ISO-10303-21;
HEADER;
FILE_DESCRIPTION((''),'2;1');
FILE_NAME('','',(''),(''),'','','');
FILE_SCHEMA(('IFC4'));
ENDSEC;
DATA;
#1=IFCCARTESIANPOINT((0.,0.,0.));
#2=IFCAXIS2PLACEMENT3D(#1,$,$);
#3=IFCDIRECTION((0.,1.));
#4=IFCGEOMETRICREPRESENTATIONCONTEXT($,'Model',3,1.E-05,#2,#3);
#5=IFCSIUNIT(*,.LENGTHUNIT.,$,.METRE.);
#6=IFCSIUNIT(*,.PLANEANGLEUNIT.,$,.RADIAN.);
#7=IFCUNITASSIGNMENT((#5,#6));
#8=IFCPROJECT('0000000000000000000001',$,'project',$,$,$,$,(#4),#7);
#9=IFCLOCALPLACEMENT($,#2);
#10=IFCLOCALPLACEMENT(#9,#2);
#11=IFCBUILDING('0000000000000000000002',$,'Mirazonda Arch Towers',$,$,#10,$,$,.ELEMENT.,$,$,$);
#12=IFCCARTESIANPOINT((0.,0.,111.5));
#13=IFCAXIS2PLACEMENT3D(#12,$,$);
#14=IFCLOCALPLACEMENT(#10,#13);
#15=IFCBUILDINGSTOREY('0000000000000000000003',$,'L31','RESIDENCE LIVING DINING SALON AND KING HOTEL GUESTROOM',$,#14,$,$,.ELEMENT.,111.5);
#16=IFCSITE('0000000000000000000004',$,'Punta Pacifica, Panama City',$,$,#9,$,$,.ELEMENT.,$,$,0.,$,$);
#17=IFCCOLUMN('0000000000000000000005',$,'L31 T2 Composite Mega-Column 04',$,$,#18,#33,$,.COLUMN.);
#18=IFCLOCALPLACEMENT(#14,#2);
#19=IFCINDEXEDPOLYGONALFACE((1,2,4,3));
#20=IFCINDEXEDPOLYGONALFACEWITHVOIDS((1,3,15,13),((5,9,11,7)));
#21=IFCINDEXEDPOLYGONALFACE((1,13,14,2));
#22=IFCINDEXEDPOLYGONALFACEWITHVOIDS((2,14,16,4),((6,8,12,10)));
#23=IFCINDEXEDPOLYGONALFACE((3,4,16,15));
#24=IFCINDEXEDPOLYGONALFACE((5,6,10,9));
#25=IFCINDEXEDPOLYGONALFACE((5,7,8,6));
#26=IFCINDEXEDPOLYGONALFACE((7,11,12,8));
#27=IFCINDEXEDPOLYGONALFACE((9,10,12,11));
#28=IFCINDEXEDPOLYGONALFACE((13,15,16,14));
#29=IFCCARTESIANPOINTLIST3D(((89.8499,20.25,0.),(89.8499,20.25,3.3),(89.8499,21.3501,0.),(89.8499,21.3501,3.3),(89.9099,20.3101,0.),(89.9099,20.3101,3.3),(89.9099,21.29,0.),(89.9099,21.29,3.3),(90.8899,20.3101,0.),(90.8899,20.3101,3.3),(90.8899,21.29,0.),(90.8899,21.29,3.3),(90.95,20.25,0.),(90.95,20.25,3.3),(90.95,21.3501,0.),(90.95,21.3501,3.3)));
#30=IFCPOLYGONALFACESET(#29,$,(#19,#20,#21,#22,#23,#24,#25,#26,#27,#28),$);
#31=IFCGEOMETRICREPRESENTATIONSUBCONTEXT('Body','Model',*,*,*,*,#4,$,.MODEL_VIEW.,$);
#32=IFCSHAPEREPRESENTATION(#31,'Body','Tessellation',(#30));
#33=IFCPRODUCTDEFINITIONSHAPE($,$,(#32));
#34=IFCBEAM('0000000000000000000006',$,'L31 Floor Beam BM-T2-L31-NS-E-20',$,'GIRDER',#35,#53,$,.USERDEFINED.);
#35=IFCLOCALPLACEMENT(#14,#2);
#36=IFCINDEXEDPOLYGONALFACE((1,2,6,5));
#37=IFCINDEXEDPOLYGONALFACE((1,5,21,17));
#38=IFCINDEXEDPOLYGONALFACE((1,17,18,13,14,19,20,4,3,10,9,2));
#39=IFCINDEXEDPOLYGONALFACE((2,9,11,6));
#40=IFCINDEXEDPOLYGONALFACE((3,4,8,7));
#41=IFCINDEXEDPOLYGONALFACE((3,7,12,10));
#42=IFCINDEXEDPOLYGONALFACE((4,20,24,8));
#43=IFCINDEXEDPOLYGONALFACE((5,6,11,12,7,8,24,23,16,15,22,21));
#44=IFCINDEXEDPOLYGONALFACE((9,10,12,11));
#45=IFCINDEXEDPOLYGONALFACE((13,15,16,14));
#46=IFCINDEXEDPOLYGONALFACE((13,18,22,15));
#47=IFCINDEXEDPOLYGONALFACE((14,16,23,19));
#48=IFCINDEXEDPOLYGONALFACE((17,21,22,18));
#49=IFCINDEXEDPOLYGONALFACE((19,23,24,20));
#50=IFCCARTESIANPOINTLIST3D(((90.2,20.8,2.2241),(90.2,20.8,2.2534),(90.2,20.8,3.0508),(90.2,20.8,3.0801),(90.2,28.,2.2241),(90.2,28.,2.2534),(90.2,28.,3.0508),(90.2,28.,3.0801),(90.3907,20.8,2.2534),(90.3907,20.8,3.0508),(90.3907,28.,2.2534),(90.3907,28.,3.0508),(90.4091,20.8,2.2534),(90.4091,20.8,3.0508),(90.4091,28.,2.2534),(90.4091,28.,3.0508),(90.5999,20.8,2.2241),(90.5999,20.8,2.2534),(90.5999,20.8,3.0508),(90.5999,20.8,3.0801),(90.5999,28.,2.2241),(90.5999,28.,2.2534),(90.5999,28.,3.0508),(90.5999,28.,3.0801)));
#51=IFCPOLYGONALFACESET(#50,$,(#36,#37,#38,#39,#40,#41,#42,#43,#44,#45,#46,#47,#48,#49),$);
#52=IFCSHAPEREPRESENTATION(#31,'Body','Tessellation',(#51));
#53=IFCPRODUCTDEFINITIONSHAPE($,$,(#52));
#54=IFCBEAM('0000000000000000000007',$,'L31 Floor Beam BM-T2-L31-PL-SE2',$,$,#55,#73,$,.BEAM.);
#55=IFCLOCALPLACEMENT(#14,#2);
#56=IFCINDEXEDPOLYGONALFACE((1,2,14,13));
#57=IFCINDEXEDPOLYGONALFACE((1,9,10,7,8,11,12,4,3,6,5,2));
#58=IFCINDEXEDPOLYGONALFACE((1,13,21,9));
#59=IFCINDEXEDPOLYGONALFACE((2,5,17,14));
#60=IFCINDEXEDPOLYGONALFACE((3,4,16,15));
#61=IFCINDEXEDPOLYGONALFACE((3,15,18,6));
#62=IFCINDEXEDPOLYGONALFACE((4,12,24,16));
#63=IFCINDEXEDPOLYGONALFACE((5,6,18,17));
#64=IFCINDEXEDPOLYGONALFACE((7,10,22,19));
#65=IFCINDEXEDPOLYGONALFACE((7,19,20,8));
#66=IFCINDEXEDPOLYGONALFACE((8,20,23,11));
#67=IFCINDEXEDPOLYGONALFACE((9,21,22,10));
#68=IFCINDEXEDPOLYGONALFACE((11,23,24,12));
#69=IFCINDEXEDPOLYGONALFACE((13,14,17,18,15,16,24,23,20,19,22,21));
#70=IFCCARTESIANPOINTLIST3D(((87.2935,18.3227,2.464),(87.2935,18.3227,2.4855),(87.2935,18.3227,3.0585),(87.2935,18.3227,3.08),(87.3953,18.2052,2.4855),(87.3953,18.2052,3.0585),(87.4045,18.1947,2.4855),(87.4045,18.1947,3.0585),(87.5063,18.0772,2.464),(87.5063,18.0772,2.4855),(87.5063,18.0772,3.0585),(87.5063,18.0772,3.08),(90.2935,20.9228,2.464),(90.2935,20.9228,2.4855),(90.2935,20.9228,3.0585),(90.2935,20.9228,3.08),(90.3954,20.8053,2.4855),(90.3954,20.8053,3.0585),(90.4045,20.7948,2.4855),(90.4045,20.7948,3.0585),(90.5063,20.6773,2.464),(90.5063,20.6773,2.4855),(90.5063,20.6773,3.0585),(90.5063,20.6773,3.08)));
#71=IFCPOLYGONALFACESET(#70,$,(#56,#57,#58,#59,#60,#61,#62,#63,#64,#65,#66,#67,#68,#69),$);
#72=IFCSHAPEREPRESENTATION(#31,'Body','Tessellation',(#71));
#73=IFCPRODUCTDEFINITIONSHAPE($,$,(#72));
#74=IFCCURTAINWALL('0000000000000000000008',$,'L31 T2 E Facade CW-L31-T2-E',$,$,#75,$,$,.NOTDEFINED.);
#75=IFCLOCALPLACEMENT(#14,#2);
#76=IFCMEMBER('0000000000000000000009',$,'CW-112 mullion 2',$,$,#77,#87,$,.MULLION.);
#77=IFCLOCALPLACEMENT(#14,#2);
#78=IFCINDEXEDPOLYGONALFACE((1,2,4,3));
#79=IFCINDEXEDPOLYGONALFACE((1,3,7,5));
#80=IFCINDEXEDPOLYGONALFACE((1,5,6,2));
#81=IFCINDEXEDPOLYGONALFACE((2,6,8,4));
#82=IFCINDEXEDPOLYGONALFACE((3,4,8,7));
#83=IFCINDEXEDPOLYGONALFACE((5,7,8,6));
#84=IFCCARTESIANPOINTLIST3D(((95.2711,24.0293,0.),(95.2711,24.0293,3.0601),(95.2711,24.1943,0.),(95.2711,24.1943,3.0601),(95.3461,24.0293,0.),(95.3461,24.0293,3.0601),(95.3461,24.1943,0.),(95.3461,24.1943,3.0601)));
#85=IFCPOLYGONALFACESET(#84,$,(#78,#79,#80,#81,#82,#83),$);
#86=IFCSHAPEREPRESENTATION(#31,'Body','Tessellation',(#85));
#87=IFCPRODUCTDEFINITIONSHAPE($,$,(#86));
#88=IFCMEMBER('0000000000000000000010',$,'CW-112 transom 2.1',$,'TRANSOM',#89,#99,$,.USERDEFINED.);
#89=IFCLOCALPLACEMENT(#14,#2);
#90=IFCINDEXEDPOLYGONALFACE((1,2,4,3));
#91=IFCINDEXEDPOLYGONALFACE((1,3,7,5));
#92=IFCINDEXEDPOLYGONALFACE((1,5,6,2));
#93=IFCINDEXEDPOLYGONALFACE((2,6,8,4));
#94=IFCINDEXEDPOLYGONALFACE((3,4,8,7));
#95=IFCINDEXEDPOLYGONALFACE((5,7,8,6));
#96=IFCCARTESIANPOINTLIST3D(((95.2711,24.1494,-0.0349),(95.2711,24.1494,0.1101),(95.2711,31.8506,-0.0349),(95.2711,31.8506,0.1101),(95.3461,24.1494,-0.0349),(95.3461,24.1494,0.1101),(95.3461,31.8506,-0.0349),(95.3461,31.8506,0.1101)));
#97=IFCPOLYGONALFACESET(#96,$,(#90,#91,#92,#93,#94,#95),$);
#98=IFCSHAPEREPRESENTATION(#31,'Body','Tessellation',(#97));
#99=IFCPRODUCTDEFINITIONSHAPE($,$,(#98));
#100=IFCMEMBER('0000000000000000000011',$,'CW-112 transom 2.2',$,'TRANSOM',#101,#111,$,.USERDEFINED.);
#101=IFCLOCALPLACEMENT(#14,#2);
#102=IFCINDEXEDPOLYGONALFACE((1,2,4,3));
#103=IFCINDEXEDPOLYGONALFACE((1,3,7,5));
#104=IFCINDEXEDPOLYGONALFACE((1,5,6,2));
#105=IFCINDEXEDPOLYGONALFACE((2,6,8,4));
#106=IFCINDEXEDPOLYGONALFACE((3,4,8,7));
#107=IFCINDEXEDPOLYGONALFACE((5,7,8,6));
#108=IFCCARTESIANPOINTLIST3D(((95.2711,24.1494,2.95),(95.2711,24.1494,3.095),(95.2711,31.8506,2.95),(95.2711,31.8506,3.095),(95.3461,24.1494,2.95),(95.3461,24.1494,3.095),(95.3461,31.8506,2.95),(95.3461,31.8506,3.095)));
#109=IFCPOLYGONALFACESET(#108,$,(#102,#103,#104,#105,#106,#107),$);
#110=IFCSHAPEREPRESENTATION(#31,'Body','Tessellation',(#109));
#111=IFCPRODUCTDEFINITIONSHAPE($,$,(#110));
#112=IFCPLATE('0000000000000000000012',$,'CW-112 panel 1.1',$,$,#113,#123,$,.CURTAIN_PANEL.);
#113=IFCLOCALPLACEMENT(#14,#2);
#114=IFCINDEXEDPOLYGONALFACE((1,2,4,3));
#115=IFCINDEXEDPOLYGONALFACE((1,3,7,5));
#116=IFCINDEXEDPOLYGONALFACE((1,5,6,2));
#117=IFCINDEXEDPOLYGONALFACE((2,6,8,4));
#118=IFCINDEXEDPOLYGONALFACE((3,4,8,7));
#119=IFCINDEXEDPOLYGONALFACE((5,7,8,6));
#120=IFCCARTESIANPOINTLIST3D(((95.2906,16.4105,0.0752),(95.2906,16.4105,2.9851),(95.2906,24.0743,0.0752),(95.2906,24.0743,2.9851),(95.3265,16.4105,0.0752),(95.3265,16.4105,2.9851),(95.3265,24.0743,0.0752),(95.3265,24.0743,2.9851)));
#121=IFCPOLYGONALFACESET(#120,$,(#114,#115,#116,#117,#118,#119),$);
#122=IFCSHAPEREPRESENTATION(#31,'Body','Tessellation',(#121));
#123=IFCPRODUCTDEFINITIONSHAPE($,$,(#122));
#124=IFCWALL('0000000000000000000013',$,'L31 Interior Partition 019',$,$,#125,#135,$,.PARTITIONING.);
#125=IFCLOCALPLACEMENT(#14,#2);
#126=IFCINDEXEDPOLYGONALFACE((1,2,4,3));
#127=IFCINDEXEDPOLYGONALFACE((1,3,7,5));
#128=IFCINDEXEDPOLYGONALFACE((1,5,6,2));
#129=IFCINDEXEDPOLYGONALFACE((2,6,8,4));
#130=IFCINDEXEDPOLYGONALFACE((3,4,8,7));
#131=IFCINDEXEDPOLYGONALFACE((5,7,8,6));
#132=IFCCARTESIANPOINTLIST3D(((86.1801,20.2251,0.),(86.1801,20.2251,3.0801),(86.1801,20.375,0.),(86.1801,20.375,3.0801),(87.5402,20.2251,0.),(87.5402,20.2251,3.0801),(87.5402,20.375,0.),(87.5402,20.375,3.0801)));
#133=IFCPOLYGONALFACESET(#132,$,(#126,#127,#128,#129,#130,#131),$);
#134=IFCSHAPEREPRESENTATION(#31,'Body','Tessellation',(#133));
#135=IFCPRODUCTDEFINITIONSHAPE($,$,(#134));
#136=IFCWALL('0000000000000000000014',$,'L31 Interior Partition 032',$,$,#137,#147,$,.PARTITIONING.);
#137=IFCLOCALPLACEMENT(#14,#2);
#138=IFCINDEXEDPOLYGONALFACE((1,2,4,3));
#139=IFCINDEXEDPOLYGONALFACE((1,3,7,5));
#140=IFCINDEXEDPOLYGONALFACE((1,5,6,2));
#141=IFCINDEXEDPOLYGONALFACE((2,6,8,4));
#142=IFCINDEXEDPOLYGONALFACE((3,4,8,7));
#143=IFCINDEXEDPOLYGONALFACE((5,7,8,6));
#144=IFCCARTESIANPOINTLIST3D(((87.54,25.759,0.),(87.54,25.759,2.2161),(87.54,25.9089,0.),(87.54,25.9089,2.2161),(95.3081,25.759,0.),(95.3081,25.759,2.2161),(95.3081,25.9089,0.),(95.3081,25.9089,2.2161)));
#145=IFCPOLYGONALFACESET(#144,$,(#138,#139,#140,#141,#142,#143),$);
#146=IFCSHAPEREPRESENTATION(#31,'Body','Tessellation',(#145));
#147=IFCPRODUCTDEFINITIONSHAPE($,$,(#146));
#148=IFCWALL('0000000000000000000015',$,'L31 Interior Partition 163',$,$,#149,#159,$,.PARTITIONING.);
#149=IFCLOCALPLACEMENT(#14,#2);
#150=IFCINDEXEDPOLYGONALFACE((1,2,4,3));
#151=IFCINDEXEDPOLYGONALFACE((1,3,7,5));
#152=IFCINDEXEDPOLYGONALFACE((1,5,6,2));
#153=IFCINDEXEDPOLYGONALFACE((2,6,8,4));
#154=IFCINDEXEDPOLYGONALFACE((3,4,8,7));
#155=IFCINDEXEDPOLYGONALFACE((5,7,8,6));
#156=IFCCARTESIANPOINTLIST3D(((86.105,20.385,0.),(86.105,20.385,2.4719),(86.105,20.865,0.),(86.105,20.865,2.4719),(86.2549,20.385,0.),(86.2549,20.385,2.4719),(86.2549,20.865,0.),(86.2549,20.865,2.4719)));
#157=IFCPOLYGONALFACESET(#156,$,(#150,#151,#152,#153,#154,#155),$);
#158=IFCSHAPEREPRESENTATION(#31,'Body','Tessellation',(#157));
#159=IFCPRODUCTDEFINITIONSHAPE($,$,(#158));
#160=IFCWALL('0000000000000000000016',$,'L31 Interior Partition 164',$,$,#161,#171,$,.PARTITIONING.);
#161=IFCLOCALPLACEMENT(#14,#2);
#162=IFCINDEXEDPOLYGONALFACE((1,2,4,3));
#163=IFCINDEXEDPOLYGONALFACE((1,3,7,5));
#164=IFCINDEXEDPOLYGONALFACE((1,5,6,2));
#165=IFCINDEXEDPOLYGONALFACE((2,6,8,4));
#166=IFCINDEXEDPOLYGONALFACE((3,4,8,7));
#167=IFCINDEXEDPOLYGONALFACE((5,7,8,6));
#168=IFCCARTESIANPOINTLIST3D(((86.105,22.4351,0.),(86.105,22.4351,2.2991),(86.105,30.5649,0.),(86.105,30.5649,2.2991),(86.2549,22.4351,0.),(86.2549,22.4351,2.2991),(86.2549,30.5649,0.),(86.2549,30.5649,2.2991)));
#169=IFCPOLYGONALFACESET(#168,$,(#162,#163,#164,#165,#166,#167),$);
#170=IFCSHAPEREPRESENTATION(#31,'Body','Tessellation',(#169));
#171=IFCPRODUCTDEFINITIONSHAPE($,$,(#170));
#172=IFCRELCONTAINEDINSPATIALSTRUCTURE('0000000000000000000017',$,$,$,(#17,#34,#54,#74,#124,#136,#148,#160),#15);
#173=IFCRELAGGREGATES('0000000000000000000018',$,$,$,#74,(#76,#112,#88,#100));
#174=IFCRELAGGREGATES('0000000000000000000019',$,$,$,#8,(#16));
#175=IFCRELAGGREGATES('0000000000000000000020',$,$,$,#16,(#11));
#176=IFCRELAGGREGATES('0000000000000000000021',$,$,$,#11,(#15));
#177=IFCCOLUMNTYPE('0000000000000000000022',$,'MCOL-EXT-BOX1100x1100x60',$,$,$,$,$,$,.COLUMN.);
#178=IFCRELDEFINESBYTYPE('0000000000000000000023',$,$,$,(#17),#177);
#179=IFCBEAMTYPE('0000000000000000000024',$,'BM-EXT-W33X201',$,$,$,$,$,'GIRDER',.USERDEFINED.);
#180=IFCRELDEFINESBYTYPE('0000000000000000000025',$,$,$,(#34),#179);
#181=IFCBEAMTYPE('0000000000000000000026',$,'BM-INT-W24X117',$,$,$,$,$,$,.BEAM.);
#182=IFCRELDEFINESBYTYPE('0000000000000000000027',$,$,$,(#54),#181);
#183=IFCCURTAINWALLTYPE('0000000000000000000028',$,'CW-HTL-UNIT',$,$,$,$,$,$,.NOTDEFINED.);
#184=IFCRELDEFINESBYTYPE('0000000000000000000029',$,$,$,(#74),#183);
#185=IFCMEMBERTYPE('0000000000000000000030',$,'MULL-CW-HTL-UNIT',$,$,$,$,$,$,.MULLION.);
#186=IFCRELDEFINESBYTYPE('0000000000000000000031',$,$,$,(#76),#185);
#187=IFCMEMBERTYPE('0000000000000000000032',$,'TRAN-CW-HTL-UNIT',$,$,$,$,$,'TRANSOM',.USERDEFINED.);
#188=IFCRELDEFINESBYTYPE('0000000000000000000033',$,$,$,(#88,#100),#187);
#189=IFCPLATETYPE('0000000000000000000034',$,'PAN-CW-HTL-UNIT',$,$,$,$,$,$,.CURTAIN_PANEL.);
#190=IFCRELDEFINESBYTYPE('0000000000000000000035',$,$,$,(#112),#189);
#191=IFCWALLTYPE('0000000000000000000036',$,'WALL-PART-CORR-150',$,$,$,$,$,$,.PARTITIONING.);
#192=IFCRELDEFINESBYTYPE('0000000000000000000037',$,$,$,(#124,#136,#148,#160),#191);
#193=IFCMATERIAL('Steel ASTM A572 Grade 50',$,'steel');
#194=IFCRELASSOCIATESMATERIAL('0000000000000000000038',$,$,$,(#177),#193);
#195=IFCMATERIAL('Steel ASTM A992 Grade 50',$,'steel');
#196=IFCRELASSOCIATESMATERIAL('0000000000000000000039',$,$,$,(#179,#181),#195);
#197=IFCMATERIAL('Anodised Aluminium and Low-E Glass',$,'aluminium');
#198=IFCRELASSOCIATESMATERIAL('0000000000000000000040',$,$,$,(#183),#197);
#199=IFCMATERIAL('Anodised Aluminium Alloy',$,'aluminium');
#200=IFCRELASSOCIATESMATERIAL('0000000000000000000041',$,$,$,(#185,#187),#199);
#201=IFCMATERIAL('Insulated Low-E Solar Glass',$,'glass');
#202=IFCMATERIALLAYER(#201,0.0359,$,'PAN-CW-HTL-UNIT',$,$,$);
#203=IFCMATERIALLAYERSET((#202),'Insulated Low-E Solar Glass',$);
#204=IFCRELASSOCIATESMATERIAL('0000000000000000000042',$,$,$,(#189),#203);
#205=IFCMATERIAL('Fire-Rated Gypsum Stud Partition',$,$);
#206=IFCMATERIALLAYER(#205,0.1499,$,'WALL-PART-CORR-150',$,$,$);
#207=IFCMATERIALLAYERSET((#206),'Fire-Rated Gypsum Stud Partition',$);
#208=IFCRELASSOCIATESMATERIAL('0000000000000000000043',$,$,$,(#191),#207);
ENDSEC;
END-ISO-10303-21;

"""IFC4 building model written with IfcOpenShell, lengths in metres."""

from ifc_helpers import new_model, si_unit, direction, frame, frame_2d, origin, origin_2d, place, context, subcontext, project, spatial, rectangle, hollow_rectangle, i_section, extrude, material, layer, layer_set, material_profile, profile_set, type_object, element, aggregate, save


model = new_model("IFC4")

# Units and contexts
model_context = context("Model", 3, precision=1e-05, world=origin(), true_north=direction((0.0, 1.0)))
body_context = subcontext(model_context, "Body", "Model", "MODEL_VIEW")
ifc_project = project(units=[si_unit("LENGTHUNIT", "METRE"), si_unit("PLANEANGLEUNIT", "RADIAN")], contexts=[model_context])

# Site, building, storey
site_placement = place(None, origin())
site = spatial("IfcSite", under=ifc_project, at=site_placement, Name="Punta Pacifica, Panama City", CompositionType="ELEMENT", RefElevation=0.0)
building_placement = place(site_placement, origin())
building = spatial("IfcBuilding", under=site, at=building_placement, Name="Mirazonda Arch Towers", CompositionType="ELEMENT")
storey_placement = place(building_placement, frame((0.0, 0.0, 111.5)))
storey = spatial("IfcBuildingStorey", under=building, at=storey_placement, Name="L31", Description="RESIDENCE LIVING DINING SALON AND KING HOTEL GUESTROOM", CompositionType="ELEMENT", Elevation=111.5)

# Column
ifc_material_1 = material(Name="Steel ASTM A572 Grade 50", Category="steel")
ifc_material_profile_1 = material_profile(ifc_material_1, hollow_rectangle(XDim=1.1001, YDim=1.1001, WallThickness=0.0601, at=origin_2d()), Name="BOX1100x1100x60")
ifc_profile_set_1 = profile_set([ifc_material_profile_1], Name="Steel ASTM A572 Grade 50")
column_type = type_object("IfcColumnType", Name="MCOL-EXT-BOX1100x1100x60", PredefinedType="COLUMN", material=ifc_profile_set_1)
column_placement = place(storey_placement, frame((90.3999, 20.8, 0.0), z_axis=(0.0, 0.0, 1.0), x_axis=(1.0, 0.0, 0.0)))
element("IfcColumn", 1, at=column_placement, inside=storey, type_object=column_type, Name="L31 T2 Composite Mega-Column 04", PredefinedType="COLUMN", context=body_context, shape_type="SweptSolid", body=[
    extrude(hollow_rectangle(XDim=1.1001, YDim=1.1001, WallThickness=0.0601, at=origin_2d()), origin(), (0.0, 0.0, 1.0), 3.3),
])

# Beams
ifc_material_2 = material(Name="Steel ASTM A992 Grade 50", Category="steel")
ifc_material_profile_2 = material_profile(ifc_material_2, i_section(OverallWidth=0.3999, OverallDepth=0.856, WebThickness=0.0183, FlangeThickness=0.0293, at=origin_2d()), Name="W33X201")
ifc_profile_set_2 = profile_set([ifc_material_profile_2], Name="Steel ASTM A992 Grade 50")
beam_type_1 = type_object("IfcBeamType", Name="BM-EXT-W33X201", ElementType="GIRDER", PredefinedType="USERDEFINED", material=ifc_profile_set_2)
beam_1_placement = place(storey_placement, frame((90.3999, 20.8, 2.6521), z_axis=(0.0, 1.0, 0.0), x_axis=(-1.0, 0.0, 0.0)))
element("IfcBeam", 2, at=beam_1_placement, inside=storey, type_object=beam_type_1, Name="L31 Floor Beam BM-T2-L31-NS-E-20", ObjectType="GIRDER", PredefinedType="USERDEFINED", context=body_context, shape_type="SweptSolid", body=[
    extrude(i_section(OverallWidth=0.3999, OverallDepth=0.856, WebThickness=0.0183, FlangeThickness=0.0293, at=origin_2d()), origin(), (0.0, 0.0, 1.0), 7.2),
])
ifc_material_profile_3 = material_profile(ifc_material_2, i_section(OverallWidth=0.325, OverallDepth=0.616, WebThickness=0.0139, FlangeThickness=0.0215, at=origin_2d()), Name="W24X117")
ifc_profile_set_3 = profile_set([ifc_material_profile_3], Name="Steel ASTM A992 Grade 50")
beam_type_2 = type_object("IfcBeamType", Name="BM-INT-W24X117", PredefinedType="BEAM", material=ifc_profile_set_3)
beam_2_placement = place(storey_placement, frame((87.3999, 18.2, 2.772), z_axis=(0.755677, 0.654945, 0.0), x_axis=(-0.654945, 0.755677, 0.0)))
element("IfcBeam", 3, at=beam_2_placement, inside=storey, type_object=beam_type_2, Name="L31 Floor Beam BM-T2-L31-PL-SE2", PredefinedType="BEAM", context=body_context, shape_type="SweptSolid", body=[
    extrude(i_section(OverallWidth=0.325, OverallDepth=0.616, WebThickness=0.0139, FlangeThickness=0.0215, at=origin_2d()), origin(), (0.0, 0.0, 1.0), 3.97),
])

# Curtain wall, members, plate
ifc_material_3 = material(Name="Anodised Aluminium and Low-E Glass", Category="aluminium")
curtain_wall_type = type_object("IfcCurtainWallType", Name="CW-HTL-UNIT", PredefinedType="NOTDEFINED", material=ifc_material_3)
curtain_wall_placement = place(storey_placement, origin())
curtain_wall = element("IfcCurtainWall", 4, at=curtain_wall_placement, inside=storey, type_object=curtain_wall_type, Name="L31 T2 E Facade CW-L31-T2-E", PredefinedType="NOTDEFINED")
ifc_material_4 = material(Name="Anodised Aluminium Alloy", Category="aluminium")
ifc_material_profile_4 = material_profile(ifc_material_4, rectangle(XDim=0.075, YDim=0.165, at=origin_2d()), Name="ALU-MULL-75x165")
ifc_profile_set_4 = profile_set([ifc_material_profile_4], Name="Anodised Aluminium Alloy")
member_type_1 = type_object("IfcMemberType", Name="MULL-CW-HTL-UNIT", PredefinedType="MULLION", material=ifc_profile_set_4)
member_1_placement = place(storey_placement, frame((95.3086, 24.1118, 0.0), z_axis=(0.0, 0.0, 1.0), x_axis=(-1.0, 0.0, 0.0)))
member_1 = element("IfcMember", 5, at=member_1_placement, type_object=member_type_1, Name="CW-112 mullion 2", PredefinedType="MULLION", context=body_context, shape_type="SweptSolid", body=[
    extrude(rectangle(XDim=0.075, YDim=0.165, at=origin_2d()), origin(), (0.0, 0.0, 1.0), 3.0601),
])
ifc_material_profile_5 = material_profile(ifc_material_4, rectangle(XDim=0.075, YDim=0.145, at=origin_2d()), Name="ALU-TRAN-75x145")
ifc_profile_set_5 = profile_set([ifc_material_profile_5], Name="Anodised Aluminium Alloy")
member_type_2 = type_object("IfcMemberType", Name="TRAN-CW-HTL-UNIT", ElementType="TRANSOM", PredefinedType="USERDEFINED", material=ifc_profile_set_5)
member_2_placement = place(storey_placement, frame((95.3086, 24.1494, 0.0376), z_axis=(0.0, 1.0, 0.0), x_axis=(-1.0, 0.0, 0.0)))
member_2 = element("IfcMember", 6, at=member_2_placement, type_object=member_type_2, Name="CW-112 transom 2.1", ObjectType="TRANSOM", PredefinedType="USERDEFINED", context=body_context, shape_type="SweptSolid", body=[
    extrude(rectangle(XDim=0.075, YDim=0.145, at=origin_2d()), origin(), (0.0, 0.0, 1.0), 7.7012),
])
member_3_placement = place(storey_placement, frame((95.3086, 24.1494, 3.0225), z_axis=(0.0, 1.0, 0.0), x_axis=(-1.0, 0.0, 0.0)))
member_3 = element("IfcMember", 7, at=member_3_placement, type_object=member_type_2, Name="CW-112 transom 2.2", ObjectType="TRANSOM", PredefinedType="USERDEFINED", context=body_context, shape_type="SweptSolid", body=[
    extrude(rectangle(XDim=0.075, YDim=0.145, at=origin_2d()), origin(), (0.0, 0.0, 1.0), 7.7012),
])
ifc_material_5 = material(Name="Insulated Low-E Solar Glass", Category="glass")
ifc_layer_1 = layer(ifc_material_5, 0.0359, Name="PAN-CW-HTL-UNIT")
ifc_layer_set_1 = layer_set([ifc_layer_1], Name="Insulated Low-E Solar Glass")
plate_type = type_object("IfcPlateType", Name="PAN-CW-HTL-UNIT", PredefinedType="CURTAIN_PANEL", material=ifc_layer_set_1)
plate_placement = place(storey_placement, frame((95.3086, 20.2424, 0.0752), z_axis=(0.0, 0.0, 1.0), x_axis=(0.0, 1.0, 0.0)))
plate = element("IfcPlate", 8, at=plate_placement, type_object=plate_type, Name="CW-112 panel 1.1", PredefinedType="CURTAIN_PANEL", context=body_context, shape_type="SweptSolid", body=[
    extrude(rectangle(XDim=7.6638, YDim=0.0359, at=origin_2d()), origin(), (0.0, 0.0, 1.0), 2.9099),
])
aggregate(curtain_wall, [member_1, plate, member_2, member_3])

# Walls
ifc_material_6 = material(Name="Fire-Rated Gypsum Stud Partition")
ifc_layer_2 = layer(ifc_material_6, 0.1499, Name="WALL-PART-CORR-150")
ifc_layer_set_2 = layer_set([ifc_layer_2], Name="Fire-Rated Gypsum Stud Partition")
wall_type_1 = type_object("IfcWallType", Name="WALL-PART-CORR-150", PredefinedType="PARTITIONING", material=ifc_layer_set_2)
wall_1_placement = place(storey_placement, frame((86.1799, 20.3, 0.0), z_axis=(0.0, 0.0, 1.0), x_axis=(1.0, 0.0, 0.0)))
element("IfcWall", 9, at=wall_1_placement, inside=storey, type_object=wall_type_1, Name="L31 Interior Partition 019", PredefinedType="PARTITIONING", context=body_context, shape_type="SweptSolid", body=[
    extrude(rectangle(XDim=1.3601, YDim=0.1499, at=frame_2d((0.6802, 0.0))), origin(), (0.0, 0.0, 1.0), 3.0801),
])
wall_2_placement = place(storey_placement, frame((87.54, 25.834, 0.0), z_axis=(0.0, 0.0, 1.0), x_axis=(1.0, 0.0, 0.0)))
element("IfcWall", 10, at=wall_2_placement, inside=storey, type_object=wall_type_1, Name="L31 Interior Partition 032", PredefinedType="PARTITIONING", context=body_context, shape_type="SweptSolid", body=[
    extrude(rectangle(XDim=7.7681, YDim=0.1499, at=frame_2d((3.884, 0.0))), origin(), (0.0, 0.0, 1.0), 2.2161),
])
wall_3_placement = place(storey_placement, frame((86.1799, 20.385, 0.0), z_axis=(0.0, 0.0, 1.0), x_axis=(0.0, 1.0, 0.0)))
element("IfcWall", 11, at=wall_3_placement, inside=storey, type_object=wall_type_1, Name="L31 Interior Partition 163", PredefinedType="PARTITIONING", context=body_context, shape_type="SweptSolid", body=[
    extrude(rectangle(XDim=0.48, YDim=0.1499, at=frame_2d((0.24, 0.0))), origin(), (0.0, 0.0, 1.0), 2.4719),
])
wall_4_placement = place(storey_placement, frame((86.1799, 22.4351, 0.0), z_axis=(0.0, 0.0, 1.0), x_axis=(0.0, 1.0, 0.0)))
element("IfcWall", 12, at=wall_4_placement, inside=storey, type_object=wall_type_1, Name="L31 Interior Partition 164", PredefinedType="PARTITIONING", context=body_context, shape_type="SweptSolid", body=[
    extrude(rectangle(XDim=8.1299, YDim=0.1499, at=frame_2d((4.0649, 0.0))), origin(), (0.0, 0.0, 1.0), 2.2991),
])

save(model, "model.ifc")
